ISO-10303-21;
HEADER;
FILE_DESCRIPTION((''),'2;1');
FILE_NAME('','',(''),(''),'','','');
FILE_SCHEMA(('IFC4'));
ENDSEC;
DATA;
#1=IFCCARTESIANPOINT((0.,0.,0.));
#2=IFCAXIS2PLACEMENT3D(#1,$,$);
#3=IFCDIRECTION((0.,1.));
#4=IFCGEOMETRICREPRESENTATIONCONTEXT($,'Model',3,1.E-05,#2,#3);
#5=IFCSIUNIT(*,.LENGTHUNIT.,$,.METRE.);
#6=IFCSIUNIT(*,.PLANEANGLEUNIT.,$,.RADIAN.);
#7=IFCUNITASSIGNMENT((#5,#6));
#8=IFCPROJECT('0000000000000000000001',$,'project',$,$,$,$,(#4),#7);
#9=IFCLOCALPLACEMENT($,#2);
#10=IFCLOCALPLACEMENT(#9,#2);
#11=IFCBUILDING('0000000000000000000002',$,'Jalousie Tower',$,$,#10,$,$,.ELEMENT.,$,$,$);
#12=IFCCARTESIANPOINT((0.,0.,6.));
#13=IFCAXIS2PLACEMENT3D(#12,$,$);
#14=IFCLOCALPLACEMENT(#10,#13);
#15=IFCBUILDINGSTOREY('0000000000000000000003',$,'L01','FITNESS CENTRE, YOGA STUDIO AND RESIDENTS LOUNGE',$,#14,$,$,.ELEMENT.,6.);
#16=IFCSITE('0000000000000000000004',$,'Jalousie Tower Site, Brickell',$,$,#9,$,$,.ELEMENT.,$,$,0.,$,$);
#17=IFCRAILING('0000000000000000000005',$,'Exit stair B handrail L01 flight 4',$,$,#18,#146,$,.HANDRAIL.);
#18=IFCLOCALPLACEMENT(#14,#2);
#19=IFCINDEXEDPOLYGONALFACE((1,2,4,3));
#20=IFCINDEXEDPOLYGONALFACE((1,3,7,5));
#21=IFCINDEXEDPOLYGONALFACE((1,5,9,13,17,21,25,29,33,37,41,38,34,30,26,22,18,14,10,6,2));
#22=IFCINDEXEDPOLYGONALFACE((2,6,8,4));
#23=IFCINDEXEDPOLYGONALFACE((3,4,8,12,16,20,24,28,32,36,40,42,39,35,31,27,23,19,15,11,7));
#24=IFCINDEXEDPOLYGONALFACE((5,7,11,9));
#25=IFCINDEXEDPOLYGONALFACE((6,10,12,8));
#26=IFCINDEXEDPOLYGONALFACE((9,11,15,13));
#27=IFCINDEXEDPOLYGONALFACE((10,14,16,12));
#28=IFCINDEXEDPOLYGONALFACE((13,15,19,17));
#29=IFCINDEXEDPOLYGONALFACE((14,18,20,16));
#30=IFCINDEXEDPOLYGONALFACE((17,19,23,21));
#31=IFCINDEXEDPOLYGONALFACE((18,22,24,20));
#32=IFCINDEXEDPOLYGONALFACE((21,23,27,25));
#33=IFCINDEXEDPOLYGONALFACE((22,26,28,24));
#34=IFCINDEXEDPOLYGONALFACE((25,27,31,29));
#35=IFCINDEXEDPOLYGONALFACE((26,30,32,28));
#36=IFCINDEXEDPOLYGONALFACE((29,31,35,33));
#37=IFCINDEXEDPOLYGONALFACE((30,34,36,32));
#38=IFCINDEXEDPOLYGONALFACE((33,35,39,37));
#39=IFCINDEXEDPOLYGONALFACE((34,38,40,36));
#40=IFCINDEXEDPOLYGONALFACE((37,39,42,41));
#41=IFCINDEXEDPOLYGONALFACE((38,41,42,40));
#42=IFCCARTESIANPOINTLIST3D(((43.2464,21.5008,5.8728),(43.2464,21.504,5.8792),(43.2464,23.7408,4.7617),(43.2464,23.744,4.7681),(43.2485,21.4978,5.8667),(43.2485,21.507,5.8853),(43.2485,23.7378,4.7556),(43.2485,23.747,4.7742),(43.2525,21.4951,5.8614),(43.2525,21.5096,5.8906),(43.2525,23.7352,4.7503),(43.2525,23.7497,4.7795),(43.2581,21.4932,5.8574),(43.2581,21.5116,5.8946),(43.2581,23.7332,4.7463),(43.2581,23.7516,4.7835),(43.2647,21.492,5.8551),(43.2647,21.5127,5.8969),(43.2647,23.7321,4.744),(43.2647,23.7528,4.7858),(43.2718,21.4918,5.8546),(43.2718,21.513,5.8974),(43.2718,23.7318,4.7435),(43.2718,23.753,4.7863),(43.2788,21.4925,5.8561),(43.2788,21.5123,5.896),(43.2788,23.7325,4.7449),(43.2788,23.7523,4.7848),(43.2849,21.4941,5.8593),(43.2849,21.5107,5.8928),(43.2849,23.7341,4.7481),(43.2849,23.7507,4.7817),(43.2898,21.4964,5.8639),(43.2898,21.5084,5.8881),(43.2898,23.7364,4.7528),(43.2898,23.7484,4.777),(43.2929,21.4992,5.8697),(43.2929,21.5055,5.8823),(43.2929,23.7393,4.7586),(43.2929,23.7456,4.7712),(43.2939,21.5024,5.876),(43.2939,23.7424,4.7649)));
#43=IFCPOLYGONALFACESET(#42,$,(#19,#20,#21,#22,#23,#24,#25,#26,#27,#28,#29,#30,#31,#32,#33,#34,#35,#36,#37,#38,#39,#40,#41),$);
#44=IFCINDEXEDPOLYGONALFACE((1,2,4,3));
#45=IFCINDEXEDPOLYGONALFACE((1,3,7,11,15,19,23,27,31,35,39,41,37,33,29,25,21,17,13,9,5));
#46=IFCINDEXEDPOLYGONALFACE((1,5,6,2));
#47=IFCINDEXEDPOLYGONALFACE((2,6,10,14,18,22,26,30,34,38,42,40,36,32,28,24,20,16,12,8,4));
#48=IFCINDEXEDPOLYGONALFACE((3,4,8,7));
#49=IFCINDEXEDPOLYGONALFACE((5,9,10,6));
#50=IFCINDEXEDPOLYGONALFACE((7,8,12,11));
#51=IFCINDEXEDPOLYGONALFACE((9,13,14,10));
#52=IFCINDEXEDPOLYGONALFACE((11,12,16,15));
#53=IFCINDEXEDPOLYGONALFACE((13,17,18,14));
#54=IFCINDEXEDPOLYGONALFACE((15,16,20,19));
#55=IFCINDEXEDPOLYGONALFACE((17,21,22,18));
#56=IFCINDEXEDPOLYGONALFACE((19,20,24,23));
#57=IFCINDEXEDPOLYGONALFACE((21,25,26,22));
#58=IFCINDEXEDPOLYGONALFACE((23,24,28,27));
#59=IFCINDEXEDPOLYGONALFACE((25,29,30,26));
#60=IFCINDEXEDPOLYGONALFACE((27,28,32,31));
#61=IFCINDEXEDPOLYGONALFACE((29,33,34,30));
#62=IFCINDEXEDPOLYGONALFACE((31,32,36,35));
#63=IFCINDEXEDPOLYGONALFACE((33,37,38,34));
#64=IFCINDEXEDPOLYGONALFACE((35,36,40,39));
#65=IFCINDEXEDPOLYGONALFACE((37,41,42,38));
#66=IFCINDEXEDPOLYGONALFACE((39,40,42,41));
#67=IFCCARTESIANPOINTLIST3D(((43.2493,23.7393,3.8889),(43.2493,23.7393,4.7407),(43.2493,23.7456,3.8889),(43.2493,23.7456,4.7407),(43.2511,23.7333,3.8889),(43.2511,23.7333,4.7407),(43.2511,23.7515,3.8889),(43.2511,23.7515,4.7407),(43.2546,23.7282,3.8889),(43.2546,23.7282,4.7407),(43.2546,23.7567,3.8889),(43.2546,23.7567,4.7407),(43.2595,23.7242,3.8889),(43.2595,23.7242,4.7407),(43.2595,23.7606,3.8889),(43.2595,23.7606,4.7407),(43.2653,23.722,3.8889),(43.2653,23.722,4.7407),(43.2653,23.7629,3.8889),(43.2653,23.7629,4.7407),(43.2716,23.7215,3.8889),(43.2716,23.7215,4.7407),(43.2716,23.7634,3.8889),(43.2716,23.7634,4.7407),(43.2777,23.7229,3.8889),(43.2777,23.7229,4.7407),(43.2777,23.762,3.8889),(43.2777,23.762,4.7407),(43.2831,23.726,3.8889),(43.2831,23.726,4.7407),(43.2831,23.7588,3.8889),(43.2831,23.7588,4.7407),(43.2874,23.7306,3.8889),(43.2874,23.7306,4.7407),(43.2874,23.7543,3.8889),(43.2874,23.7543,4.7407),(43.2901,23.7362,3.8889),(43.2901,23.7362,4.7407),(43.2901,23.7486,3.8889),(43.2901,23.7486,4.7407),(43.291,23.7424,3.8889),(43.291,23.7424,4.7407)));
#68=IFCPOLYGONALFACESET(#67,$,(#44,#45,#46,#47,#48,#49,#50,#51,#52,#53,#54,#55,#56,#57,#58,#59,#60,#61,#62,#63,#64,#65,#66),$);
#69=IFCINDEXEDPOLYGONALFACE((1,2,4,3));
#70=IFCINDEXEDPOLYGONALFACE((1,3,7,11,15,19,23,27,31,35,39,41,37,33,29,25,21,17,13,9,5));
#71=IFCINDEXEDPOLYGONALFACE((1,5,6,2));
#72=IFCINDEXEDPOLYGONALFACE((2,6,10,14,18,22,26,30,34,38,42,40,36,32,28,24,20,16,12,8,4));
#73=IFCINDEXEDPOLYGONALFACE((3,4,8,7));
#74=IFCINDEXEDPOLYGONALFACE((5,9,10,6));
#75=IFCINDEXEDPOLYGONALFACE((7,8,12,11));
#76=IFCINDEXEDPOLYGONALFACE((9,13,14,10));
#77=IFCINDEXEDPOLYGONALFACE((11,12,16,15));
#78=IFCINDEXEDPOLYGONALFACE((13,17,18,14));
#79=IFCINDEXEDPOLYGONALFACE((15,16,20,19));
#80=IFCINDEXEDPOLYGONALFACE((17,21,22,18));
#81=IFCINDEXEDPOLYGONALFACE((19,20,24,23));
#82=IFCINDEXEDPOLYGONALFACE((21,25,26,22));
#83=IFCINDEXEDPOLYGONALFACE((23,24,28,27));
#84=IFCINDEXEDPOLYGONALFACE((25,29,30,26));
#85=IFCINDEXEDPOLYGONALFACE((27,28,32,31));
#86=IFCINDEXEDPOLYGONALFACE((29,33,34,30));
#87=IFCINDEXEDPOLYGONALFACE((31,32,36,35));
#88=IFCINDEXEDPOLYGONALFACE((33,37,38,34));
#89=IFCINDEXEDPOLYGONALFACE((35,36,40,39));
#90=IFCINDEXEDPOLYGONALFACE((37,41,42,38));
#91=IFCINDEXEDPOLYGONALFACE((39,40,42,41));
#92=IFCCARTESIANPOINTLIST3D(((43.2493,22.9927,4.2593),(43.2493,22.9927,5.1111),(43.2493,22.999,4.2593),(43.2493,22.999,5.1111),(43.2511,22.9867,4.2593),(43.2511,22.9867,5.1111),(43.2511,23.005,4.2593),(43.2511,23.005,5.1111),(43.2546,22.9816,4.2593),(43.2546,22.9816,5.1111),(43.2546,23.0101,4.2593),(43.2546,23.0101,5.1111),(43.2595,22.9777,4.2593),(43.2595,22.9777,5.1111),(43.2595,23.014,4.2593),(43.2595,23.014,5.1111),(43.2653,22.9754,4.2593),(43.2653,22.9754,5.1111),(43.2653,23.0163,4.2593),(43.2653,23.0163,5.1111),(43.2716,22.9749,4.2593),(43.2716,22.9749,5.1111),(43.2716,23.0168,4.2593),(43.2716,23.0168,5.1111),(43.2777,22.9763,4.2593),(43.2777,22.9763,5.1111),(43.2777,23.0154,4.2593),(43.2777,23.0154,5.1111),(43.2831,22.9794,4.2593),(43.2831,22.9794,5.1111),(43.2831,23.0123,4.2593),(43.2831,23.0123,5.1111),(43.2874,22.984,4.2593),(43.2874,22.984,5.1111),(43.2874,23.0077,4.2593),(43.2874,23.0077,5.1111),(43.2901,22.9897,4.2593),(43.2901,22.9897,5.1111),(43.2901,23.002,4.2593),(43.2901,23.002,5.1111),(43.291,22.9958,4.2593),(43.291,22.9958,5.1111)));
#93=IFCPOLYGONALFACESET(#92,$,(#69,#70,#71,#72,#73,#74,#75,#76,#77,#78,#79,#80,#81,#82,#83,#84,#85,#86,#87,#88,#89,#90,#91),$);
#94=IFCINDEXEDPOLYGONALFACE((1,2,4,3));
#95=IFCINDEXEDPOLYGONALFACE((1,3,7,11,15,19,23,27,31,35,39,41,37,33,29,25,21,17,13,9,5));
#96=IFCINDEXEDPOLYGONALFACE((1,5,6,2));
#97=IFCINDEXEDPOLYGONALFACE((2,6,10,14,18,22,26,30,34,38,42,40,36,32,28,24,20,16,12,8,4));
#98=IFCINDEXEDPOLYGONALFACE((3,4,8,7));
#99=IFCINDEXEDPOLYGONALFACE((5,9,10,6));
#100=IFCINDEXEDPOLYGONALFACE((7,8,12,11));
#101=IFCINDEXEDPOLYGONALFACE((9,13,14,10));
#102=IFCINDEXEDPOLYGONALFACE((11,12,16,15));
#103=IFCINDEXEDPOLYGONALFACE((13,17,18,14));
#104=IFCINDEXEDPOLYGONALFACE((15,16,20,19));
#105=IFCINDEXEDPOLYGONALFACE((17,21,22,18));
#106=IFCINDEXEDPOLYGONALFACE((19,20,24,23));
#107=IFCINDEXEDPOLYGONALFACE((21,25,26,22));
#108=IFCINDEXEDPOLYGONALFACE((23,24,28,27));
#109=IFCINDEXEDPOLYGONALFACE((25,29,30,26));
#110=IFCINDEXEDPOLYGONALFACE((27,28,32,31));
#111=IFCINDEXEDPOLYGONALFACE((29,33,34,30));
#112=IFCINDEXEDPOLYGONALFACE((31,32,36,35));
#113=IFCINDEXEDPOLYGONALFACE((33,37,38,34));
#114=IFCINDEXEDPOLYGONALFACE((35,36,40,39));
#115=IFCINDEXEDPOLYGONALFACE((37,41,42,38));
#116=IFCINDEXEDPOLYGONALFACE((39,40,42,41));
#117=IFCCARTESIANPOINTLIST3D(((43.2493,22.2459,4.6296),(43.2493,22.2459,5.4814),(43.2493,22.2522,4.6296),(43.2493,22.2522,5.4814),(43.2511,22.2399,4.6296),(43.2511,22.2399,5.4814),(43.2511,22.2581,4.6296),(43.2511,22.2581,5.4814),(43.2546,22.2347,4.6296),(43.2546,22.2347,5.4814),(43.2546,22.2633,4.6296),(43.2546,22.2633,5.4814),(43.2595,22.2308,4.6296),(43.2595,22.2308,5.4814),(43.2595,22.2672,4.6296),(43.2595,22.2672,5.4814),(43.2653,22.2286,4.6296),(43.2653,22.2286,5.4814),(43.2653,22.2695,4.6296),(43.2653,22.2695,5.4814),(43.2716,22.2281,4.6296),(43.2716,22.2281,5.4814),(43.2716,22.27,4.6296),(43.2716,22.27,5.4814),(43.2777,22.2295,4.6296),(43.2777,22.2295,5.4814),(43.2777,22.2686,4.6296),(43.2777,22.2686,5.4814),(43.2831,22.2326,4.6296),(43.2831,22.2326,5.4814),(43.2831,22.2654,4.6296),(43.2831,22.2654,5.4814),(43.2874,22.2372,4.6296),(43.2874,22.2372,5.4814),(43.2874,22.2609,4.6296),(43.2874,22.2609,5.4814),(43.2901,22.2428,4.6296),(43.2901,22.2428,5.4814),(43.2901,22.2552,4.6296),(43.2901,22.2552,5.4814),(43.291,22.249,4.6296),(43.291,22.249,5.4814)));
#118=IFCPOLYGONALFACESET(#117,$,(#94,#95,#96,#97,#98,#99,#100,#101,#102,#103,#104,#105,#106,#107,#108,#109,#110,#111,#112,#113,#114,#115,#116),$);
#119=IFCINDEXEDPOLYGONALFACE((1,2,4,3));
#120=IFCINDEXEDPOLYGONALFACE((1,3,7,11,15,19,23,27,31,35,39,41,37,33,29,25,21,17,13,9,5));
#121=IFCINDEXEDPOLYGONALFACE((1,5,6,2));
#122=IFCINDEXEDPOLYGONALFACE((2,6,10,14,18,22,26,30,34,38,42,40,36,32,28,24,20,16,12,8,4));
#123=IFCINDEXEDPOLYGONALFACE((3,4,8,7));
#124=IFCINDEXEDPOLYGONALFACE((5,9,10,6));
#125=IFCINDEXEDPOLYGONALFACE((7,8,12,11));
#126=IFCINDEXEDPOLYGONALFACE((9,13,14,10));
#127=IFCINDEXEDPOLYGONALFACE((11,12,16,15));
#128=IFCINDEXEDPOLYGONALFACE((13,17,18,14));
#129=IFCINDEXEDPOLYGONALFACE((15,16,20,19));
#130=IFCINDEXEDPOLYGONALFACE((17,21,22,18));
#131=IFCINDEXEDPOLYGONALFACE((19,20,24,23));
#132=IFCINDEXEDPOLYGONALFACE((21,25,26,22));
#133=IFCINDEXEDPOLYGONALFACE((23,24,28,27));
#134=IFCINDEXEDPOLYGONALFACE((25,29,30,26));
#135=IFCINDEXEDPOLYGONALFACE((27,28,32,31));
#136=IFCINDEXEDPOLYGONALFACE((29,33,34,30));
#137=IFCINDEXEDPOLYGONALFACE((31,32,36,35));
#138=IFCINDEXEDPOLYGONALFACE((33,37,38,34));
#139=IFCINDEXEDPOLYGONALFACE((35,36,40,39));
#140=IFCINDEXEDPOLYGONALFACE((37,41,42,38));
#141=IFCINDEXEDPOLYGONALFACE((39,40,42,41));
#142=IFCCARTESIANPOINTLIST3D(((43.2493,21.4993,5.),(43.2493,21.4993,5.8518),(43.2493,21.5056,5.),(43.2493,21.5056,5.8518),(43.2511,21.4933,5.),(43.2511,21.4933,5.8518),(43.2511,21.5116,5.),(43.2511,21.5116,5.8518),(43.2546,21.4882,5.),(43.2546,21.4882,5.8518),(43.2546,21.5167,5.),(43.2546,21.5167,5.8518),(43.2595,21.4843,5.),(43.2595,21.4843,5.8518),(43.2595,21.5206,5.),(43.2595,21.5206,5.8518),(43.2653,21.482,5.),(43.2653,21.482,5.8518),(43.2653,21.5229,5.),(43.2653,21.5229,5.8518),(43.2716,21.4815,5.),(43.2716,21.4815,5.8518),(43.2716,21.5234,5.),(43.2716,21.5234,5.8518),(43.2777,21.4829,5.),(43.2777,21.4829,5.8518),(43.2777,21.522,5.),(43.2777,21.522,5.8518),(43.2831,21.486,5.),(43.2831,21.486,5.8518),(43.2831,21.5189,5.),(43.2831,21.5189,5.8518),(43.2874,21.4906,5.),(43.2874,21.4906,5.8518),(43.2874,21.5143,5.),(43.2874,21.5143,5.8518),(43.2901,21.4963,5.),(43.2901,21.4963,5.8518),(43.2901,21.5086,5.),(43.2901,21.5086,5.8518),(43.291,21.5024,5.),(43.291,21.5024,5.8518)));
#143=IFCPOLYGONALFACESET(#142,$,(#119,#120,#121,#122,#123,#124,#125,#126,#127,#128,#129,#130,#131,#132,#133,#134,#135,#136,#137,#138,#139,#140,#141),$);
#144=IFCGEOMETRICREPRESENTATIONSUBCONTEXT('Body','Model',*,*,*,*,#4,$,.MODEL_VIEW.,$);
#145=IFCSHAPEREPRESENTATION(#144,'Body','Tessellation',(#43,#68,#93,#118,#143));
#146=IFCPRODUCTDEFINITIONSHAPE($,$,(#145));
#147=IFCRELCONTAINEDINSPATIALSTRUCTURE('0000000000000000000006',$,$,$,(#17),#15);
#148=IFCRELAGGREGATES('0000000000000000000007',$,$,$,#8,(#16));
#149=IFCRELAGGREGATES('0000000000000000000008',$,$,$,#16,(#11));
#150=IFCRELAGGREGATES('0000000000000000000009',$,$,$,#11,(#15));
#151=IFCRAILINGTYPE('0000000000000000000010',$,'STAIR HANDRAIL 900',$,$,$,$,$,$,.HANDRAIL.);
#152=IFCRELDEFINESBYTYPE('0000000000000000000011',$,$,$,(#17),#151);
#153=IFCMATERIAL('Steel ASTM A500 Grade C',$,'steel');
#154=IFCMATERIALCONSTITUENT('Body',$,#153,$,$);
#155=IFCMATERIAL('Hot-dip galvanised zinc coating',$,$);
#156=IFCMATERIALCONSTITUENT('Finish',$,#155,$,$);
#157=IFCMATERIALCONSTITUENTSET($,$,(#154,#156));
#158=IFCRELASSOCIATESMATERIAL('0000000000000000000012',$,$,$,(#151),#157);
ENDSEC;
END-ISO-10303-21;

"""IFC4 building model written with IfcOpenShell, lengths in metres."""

from ifc_helpers import new_model, si_unit, direction, frame, origin, origin_2d, place, context, subcontext, project, spatial, circle, extrude, material, constituent, constituent_set, type_object, element, save


model = new_model("IFC4")

# Units and contexts
model_context = context("Model", 3, precision=1e-05, world=origin(), true_north=direction((0.0, 1.0)))
body_context = subcontext(model_context, "Body", "Model", "MODEL_VIEW")
ifc_project = project(units=[si_unit("LENGTHUNIT", "METRE"), si_unit("PLANEANGLEUNIT", "RADIAN")], contexts=[model_context])

# Site, building, storey
site_placement = place(None, origin())
site = spatial("IfcSite", under=ifc_project, at=site_placement, Name="Jalousie Tower Site, Brickell", CompositionType="ELEMENT", RefElevation=0.0)
building_placement = place(site_placement, origin())
building = spatial("IfcBuilding", under=site, at=building_placement, Name="Jalousie Tower", CompositionType="ELEMENT")
storey_placement = place(building_placement, frame((0.0, 0.0, 6.0)))
storey = spatial("IfcBuildingStorey", under=building, at=storey_placement, Name="L01", Description="FITNESS CENTRE, YOGA STUDIO AND RESIDENTS LOUNGE", CompositionType="ELEMENT", Elevation=6.0)

# Railing
ifc_material_1 = material(Name="Steel ASTM A500 Grade C", Category="steel")
ifc_constituent_1 = constituent(ifc_material_1, Name="Body")
ifc_material_2 = material(Name="Hot-dip galvanised zinc coating")
ifc_constituent_2 = constituent(ifc_material_2, Name="Finish")
ifc_constituent_set_1 = constituent_set(constituents=[ifc_constituent_1, ifc_constituent_2])
railing_type_1 = type_object("IfcRailingType", Name="STAIR HANDRAIL 900", PredefinedType="HANDRAIL", material=ifc_constituent_set_1)
for number, where, name in (
    (1, (43.27, 23.7424, 3.8889), "Exit stair B handrail L01 flight 4"),
):
    element("IfcRailing", number, at=place(storey_placement, frame(where)), inside=storey, type_object=railing_type_1, Name=name, PredefinedType="HANDRAIL", context=body_context, shape_type="SweptSolid", body=[
        extrude(circle(Radius=0.0239, at=origin_2d()), frame((0.0, 0.0, 0.876), z_axis=(0.0, -0.895848, 0.44436), x_axis=(1.0, 0.0, 0.0)), (0.0, 0.0, 1.0), 2.5005),
        extrude(circle(Radius=0.021, at=origin_2d()), origin(), (0.0, 0.0, 1.0), 0.8518),
        extrude(circle(Radius=0.021, at=origin_2d()), frame((0.0, -0.7466, 0.3704)), (0.0, 0.0, 1.0), 0.8518),
        extrude(circle(Radius=0.021, at=origin_2d()), frame((0.0, -1.4934, 0.7407)), (0.0, 0.0, 1.0), 0.8518),
        extrude(circle(Radius=0.021, at=origin_2d()), frame((0.0, -2.24, 1.1111)), (0.0, 0.0, 1.0), 0.8518),
    ])

save(model, "model.ifc")
